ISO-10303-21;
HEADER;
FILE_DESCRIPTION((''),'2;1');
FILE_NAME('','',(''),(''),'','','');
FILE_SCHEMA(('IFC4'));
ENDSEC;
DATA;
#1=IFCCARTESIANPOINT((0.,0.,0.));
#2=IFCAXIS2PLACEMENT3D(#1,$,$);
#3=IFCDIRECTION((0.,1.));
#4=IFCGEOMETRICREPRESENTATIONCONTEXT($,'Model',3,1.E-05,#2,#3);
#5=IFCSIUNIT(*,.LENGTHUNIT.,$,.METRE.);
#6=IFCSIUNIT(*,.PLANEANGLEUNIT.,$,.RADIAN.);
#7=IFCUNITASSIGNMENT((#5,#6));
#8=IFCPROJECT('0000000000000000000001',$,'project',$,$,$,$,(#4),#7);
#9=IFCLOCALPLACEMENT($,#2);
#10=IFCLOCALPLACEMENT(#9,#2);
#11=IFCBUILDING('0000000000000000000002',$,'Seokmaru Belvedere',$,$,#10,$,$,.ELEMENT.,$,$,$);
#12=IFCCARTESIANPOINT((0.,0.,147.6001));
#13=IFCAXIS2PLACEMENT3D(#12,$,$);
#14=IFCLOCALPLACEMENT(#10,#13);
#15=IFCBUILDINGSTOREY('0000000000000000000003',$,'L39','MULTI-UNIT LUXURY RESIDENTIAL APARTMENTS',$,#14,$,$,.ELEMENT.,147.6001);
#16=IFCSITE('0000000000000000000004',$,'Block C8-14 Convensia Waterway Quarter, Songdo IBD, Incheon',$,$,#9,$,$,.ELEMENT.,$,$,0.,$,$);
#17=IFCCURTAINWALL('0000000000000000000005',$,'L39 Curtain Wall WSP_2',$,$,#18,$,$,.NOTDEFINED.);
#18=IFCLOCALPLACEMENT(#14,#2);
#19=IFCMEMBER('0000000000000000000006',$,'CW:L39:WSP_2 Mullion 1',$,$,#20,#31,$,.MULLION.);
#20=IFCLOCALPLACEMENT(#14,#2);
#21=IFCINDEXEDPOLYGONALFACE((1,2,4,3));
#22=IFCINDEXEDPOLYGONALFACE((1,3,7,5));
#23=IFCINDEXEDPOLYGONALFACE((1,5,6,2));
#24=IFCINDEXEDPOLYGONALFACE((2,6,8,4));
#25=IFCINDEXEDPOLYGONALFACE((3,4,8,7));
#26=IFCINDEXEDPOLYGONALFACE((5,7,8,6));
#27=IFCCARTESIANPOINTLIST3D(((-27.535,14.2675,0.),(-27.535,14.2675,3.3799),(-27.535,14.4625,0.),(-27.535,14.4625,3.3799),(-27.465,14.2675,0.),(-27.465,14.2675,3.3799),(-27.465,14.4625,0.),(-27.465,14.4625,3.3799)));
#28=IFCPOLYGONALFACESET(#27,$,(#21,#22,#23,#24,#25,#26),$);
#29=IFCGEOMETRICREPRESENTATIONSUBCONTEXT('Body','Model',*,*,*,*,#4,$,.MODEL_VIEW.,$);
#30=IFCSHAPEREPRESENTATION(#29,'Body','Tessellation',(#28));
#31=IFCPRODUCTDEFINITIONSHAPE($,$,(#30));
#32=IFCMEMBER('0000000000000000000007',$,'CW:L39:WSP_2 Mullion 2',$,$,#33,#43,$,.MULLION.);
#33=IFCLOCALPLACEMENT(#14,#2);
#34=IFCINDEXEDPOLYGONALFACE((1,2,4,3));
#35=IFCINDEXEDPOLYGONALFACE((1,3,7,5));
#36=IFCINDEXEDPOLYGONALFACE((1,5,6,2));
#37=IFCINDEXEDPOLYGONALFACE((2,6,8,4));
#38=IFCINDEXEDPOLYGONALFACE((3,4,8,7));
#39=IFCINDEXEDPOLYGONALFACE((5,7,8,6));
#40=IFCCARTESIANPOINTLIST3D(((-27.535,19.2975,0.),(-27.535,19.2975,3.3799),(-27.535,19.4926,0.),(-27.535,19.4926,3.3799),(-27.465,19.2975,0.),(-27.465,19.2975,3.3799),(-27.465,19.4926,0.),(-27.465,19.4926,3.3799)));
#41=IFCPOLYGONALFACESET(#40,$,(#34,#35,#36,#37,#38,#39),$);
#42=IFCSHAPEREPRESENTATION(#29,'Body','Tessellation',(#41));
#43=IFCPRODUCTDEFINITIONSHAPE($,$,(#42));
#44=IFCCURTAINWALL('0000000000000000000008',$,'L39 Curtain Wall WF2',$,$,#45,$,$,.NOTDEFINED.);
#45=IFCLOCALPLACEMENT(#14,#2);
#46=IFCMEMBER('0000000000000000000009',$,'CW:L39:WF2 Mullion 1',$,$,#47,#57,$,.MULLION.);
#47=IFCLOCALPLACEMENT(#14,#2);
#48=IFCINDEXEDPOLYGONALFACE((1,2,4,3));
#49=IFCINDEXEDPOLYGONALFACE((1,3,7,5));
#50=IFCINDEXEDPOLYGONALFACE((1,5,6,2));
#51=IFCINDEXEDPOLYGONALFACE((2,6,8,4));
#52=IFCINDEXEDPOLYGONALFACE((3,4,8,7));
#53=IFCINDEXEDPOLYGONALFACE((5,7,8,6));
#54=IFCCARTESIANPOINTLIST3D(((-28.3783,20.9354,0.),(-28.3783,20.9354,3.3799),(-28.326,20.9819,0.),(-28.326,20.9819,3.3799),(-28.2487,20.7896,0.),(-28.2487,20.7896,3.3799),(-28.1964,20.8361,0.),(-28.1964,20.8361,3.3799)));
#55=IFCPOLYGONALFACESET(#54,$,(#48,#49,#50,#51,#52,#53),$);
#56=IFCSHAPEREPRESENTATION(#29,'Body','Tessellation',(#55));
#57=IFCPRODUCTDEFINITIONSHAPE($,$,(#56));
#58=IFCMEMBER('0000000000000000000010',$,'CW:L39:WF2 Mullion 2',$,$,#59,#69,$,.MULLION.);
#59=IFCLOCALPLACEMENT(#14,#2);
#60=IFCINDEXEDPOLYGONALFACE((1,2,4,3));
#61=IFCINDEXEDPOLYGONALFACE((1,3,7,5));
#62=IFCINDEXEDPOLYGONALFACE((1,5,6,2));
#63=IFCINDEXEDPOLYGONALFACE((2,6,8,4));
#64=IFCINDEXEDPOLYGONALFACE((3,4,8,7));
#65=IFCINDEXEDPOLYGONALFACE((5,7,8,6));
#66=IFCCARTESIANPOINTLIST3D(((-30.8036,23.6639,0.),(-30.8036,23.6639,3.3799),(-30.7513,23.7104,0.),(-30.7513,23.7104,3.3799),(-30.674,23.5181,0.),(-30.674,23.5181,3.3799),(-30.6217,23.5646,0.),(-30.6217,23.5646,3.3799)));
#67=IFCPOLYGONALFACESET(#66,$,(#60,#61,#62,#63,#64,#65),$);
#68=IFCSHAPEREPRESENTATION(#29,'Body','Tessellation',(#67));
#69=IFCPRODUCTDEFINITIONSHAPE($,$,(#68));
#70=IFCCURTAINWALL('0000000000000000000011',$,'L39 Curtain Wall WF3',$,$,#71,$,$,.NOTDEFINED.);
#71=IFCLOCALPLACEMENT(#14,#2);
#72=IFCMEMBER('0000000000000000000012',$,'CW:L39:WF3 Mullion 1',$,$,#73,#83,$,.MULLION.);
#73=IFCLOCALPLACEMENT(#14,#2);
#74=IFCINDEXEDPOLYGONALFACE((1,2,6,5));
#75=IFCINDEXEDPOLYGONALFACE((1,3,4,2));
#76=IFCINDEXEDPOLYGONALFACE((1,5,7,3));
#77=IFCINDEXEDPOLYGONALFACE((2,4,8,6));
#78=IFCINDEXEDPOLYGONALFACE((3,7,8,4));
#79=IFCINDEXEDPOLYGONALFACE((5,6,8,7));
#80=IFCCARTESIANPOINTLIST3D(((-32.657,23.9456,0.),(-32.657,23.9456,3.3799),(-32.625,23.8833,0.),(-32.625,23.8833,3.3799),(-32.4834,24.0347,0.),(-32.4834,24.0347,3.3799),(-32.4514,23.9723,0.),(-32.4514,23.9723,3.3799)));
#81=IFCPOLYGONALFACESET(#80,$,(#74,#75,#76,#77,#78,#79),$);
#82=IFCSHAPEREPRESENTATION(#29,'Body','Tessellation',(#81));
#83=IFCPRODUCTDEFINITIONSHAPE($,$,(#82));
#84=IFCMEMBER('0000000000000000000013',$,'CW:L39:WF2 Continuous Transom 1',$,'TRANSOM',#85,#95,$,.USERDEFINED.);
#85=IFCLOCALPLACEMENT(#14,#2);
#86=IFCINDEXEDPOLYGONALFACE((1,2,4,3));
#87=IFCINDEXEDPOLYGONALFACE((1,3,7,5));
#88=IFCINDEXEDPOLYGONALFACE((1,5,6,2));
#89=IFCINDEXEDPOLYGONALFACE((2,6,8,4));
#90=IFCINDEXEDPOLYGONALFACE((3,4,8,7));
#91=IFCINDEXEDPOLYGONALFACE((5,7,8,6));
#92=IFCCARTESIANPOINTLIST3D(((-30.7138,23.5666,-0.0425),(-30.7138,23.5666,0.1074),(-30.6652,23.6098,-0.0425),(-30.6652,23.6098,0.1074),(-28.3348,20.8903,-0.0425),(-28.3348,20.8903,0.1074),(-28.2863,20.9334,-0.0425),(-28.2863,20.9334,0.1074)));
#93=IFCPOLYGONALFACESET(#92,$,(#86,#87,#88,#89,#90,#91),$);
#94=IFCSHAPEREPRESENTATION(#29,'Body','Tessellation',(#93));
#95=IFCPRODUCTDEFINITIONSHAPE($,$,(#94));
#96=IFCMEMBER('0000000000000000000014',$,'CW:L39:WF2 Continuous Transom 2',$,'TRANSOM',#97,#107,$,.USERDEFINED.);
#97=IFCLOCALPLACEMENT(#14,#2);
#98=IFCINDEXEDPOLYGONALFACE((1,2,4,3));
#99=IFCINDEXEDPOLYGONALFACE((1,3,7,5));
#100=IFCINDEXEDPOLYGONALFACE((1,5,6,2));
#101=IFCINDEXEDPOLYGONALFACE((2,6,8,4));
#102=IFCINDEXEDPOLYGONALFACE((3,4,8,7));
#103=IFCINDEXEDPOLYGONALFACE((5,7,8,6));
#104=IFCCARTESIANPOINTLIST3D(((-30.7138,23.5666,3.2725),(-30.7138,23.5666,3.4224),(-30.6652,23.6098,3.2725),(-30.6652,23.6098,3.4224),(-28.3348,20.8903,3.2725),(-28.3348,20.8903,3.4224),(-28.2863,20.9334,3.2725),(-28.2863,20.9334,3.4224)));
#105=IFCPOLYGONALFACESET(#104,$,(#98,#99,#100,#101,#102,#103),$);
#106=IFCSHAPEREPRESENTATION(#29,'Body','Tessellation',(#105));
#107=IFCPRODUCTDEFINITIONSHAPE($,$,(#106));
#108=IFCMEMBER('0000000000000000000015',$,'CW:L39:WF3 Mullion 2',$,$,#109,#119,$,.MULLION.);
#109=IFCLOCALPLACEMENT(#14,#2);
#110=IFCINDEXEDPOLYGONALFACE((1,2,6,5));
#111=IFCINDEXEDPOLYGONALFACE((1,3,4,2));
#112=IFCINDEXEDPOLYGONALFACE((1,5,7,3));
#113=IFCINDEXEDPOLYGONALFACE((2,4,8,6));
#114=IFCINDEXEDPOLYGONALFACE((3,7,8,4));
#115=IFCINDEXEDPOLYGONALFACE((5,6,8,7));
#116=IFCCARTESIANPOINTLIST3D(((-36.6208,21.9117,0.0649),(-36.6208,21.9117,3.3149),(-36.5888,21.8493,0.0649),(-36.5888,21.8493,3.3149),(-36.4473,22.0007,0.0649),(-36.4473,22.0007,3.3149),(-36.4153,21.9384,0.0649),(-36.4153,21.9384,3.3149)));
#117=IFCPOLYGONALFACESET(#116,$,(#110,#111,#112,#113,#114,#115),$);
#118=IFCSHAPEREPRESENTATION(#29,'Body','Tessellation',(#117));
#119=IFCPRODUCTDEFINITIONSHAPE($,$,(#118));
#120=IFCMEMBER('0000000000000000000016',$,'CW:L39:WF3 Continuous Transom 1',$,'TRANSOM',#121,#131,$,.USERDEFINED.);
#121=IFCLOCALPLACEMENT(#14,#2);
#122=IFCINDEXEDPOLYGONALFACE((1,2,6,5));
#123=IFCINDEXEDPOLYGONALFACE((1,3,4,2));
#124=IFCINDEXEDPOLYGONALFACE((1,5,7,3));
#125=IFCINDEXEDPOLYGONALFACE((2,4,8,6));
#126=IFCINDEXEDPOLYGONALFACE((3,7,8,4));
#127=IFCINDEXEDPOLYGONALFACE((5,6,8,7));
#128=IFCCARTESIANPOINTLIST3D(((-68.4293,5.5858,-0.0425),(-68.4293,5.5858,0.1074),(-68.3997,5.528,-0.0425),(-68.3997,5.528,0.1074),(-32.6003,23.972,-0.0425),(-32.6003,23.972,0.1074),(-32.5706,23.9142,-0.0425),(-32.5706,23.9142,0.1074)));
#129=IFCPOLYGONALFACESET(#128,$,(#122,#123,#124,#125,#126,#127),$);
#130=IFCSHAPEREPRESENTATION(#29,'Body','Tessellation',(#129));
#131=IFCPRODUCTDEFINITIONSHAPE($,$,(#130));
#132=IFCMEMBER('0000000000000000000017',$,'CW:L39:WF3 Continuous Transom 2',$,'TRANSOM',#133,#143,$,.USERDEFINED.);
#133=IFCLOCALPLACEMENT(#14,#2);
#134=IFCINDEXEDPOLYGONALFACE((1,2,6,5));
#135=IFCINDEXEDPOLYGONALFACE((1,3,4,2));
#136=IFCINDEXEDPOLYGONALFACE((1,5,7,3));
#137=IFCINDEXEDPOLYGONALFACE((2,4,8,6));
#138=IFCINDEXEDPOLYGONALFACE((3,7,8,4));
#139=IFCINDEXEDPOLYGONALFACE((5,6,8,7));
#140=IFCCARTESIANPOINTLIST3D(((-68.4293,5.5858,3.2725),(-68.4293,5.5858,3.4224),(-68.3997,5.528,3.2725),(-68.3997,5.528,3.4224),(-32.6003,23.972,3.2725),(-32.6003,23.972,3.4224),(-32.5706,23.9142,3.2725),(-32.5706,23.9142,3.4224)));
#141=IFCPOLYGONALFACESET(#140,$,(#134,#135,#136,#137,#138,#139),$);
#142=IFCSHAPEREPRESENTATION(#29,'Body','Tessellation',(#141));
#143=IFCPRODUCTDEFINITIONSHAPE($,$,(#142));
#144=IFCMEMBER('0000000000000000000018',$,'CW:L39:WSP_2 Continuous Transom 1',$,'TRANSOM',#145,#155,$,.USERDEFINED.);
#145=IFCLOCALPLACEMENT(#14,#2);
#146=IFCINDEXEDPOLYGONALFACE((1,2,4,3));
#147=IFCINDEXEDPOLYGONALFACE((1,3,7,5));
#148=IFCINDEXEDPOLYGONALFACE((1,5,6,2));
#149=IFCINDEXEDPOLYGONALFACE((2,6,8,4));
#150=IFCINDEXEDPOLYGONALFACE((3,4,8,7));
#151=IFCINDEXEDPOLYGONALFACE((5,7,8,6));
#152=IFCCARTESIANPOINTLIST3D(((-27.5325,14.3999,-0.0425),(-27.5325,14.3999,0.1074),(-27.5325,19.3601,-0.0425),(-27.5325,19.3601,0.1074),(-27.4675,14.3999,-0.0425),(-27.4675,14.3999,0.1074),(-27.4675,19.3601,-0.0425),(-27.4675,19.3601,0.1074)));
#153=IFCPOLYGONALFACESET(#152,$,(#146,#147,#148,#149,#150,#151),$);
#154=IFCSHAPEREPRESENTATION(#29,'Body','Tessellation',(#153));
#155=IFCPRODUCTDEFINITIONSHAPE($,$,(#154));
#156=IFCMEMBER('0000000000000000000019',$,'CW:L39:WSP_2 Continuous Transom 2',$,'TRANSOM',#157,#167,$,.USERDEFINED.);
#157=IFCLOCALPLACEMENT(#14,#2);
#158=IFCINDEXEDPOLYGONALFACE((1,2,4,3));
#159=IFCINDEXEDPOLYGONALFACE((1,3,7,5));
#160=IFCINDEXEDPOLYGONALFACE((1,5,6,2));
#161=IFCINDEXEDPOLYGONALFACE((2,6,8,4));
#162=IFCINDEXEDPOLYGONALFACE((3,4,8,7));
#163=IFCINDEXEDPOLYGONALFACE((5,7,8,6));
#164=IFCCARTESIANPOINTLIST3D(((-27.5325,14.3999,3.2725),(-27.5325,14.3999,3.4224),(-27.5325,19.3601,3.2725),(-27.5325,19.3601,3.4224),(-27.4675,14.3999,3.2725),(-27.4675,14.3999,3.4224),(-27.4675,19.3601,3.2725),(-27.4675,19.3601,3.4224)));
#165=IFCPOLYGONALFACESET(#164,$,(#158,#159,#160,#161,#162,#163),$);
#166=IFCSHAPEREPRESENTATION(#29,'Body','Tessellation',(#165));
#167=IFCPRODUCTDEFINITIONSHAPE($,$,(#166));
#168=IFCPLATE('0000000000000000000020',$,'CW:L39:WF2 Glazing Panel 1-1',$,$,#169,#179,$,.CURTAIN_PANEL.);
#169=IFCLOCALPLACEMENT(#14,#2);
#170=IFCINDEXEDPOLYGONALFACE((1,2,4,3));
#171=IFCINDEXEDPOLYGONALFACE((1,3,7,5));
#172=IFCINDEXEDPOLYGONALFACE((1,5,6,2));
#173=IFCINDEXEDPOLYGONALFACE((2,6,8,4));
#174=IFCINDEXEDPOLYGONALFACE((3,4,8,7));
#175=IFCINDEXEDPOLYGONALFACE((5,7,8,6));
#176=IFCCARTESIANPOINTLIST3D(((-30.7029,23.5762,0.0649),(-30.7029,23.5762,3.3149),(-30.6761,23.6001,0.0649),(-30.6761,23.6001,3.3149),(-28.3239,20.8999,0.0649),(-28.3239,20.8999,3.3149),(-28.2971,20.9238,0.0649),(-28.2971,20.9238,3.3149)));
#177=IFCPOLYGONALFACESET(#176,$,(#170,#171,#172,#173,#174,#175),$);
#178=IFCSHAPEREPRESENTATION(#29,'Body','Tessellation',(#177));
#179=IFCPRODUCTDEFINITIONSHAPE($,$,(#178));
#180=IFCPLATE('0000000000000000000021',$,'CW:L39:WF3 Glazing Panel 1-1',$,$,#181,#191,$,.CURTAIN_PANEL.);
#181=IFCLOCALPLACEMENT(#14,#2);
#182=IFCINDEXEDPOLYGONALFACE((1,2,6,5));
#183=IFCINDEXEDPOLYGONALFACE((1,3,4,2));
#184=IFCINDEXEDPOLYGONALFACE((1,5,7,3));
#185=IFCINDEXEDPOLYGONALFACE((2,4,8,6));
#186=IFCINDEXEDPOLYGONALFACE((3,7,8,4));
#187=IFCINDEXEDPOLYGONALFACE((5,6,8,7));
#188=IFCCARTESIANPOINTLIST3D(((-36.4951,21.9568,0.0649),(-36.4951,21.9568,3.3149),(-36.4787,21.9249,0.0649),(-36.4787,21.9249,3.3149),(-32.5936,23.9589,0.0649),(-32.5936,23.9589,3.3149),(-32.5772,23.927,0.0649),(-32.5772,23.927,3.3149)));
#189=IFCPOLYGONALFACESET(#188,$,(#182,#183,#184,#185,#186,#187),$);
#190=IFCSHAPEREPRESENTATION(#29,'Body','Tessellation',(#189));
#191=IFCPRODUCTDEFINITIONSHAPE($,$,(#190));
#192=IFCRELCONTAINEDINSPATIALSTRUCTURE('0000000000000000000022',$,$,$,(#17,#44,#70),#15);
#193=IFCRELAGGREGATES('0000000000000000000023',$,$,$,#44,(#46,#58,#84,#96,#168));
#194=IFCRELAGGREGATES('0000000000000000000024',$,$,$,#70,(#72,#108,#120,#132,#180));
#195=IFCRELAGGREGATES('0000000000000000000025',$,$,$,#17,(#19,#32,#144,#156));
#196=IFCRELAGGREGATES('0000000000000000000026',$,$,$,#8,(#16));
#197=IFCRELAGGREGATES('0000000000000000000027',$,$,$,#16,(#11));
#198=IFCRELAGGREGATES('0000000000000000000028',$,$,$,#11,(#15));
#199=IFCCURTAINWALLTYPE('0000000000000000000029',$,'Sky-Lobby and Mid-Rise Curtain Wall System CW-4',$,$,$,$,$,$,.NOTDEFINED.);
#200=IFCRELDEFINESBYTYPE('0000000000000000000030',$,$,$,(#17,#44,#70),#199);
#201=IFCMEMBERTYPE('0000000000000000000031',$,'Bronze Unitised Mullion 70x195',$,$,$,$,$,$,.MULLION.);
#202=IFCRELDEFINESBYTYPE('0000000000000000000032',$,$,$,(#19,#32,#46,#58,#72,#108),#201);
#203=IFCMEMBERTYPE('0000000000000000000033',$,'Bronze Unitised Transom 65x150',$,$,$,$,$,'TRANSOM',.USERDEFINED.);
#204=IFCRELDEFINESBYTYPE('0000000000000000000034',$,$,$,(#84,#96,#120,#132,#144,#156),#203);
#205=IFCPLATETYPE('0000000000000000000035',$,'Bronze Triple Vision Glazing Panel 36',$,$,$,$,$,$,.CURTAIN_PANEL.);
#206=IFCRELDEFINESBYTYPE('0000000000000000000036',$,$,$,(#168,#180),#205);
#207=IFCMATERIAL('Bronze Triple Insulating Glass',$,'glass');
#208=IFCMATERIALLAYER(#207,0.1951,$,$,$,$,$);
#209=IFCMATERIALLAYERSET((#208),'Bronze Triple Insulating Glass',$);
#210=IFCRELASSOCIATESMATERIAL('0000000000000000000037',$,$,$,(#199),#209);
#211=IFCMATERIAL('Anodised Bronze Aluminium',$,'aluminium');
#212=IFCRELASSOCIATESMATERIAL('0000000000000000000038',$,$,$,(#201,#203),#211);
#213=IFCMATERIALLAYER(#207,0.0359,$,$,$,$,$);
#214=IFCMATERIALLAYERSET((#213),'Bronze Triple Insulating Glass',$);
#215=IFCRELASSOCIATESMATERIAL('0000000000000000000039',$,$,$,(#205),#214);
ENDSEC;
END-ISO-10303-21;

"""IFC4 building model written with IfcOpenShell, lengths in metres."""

from ifc_helpers import new_model, si_unit, direction, frame, origin, origin_2d, place, context, subcontext, project, spatial, rectangle, extrude, source, transform, mapped, material, layer, layer_set, material_profile, profile_set, type_object, type_shapes, element, aggregate, save


model = new_model("IFC4")

# Units and contexts
model_context = context("Model", 3, precision=1e-05, world=origin(), true_north=direction((0.0, 1.0)))
body_context = subcontext(model_context, "Body", "Model", "MODEL_VIEW")
ifc_project = project(units=[si_unit("LENGTHUNIT", "METRE"), si_unit("PLANEANGLEUNIT", "RADIAN")], contexts=[model_context])

# Site, building, storey
site_placement = place(None, origin())
site = spatial("IfcSite", under=ifc_project, at=site_placement, Name="Block C8-14 Convensia Waterway Quarter, Songdo IBD, Incheon", CompositionType="ELEMENT", RefElevation=0.0)
building_placement = place(site_placement, origin())
building = spatial("IfcBuilding", under=site, at=building_placement, Name="Seokmaru Belvedere", CompositionType="ELEMENT")
storey_placement = place(building_placement, frame((0.0, 0.0, 147.6001)))
storey = spatial("IfcBuildingStorey", under=building, at=storey_placement, Name="L39", Description="MULTI-UNIT LUXURY RESIDENTIAL APARTMENTS", CompositionType="ELEMENT", Elevation=147.6001)

# Curtain walls, members
ifc_material_1 = material(Name="Bronze Triple Insulating Glass", Category="glass")
ifc_layer_1 = layer(ifc_material_1, 0.1951)
ifc_layer_set_1 = layer_set([ifc_layer_1], Name="Bronze Triple Insulating Glass")
curtain_wall_type = type_object("IfcCurtainWallType", Name="Sky-Lobby and Mid-Rise Curtain Wall System CW-4", PredefinedType="NOTDEFINED", material=ifc_layer_set_1)
curtain_wall_1_placement = place(storey_placement, origin())
curtain_wall_1 = element("IfcCurtainWall", 1, at=curtain_wall_1_placement, inside=storey, type_object=curtain_wall_type, Name="L39 Curtain Wall WSP_2", PredefinedType="NOTDEFINED")
ifc_material_2 = material(Name="Anodised Bronze Aluminium", Category="aluminium")
ifc_material_profile_1 = material_profile(ifc_material_2, rectangle(XDim=0.0701, YDim=0.1951, at=origin_2d()), Name="CW-M-70x195")
ifc_profile_set_1 = profile_set([ifc_material_profile_1], Name="Anodised Bronze Aluminium")
member_type_1 = type_object("IfcMemberType", Name="Bronze Unitised Mullion 70x195", PredefinedType="MULLION", material=ifc_profile_set_1)
shared_shape_1 = source(origin(), body_context, "Body", "SweptSolid", [
    extrude(rectangle(XDim=0.0701, YDim=0.1951, at=origin_2d()), origin(), (0.0, 0.0, 1.0), 3.3799),
])
member_1_placement = place(storey_placement, frame((-27.5, 14.365, 0.0), z_axis=(0.0, 0.0, 1.0), x_axis=(-1.0, 0.0, 0.0)))
member_1 = element("IfcMember", 2, at=member_1_placement, type_object=member_type_1, Name="CW:L39:WSP_2 Mullion 1", PredefinedType="MULLION", context=body_context, shape_type="MappedRepresentation", body=[
    mapped(shared_shape_1, transform((0.0, 0.0, 0.0), scale=1.0)),
])
member_2_placement = place(storey_placement, frame((-27.5, 19.395, 0.0), z_axis=(0.0, 0.0, 1.0), x_axis=(-1.0, 0.0, 0.0)))
member_2 = element("IfcMember", 3, at=member_2_placement, type_object=member_type_1, Name="CW:L39:WSP_2 Mullion 2", PredefinedType="MULLION", context=body_context, shape_type="MappedRepresentation", body=[
    mapped(shared_shape_1, transform((0.0, 0.0, 0.0), scale=1.0)),
])
curtain_wall_2_placement = place(storey_placement, origin())
curtain_wall_2 = element("IfcCurtainWall", 4, at=curtain_wall_2_placement, inside=storey, type_object=curtain_wall_type, Name="L39 Curtain Wall WF2", PredefinedType="NOTDEFINED")
member_3_placement = place(storey_placement, frame((-28.2874, 20.8857, 0.0), z_axis=(0.0, 0.0, 1.0), x_axis=(-0.74741, -0.664363, 0.0)))
member_3 = element("IfcMember", 5, at=member_3_placement, type_object=member_type_1, Name="CW:L39:WF2 Mullion 1", PredefinedType="MULLION", context=body_context, shape_type="MappedRepresentation", body=[
    mapped(shared_shape_1, transform((0.0, 0.0, 0.0), scale=1.0)),
])
member_4_placement = place(storey_placement, frame((-30.7126, 23.6143, 0.0), z_axis=(0.0, 0.0, 1.0), x_axis=(-0.74741, -0.664363, 0.0)))
member_4 = element("IfcMember", 6, at=member_4_placement, type_object=member_type_1, Name="CW:L39:WF2 Mullion 2", PredefinedType="MULLION", context=body_context, shape_type="MappedRepresentation", body=[
    mapped(shared_shape_1, transform((0.0, 0.0, 0.0), scale=1.0)),
])

# Curtain wall, member
curtain_wall_3_placement = place(storey_placement, origin())
curtain_wall_3 = element("IfcCurtainWall", 7, at=curtain_wall_3_placement, inside=storey, type_object=curtain_wall_type, Name="L39 Curtain Wall WF3", PredefinedType="NOTDEFINED")
member_5_placement = place(storey_placement, frame((-32.5542, 23.959, 0.0), z_axis=(0.0, 0.0, 1.0), x_axis=(0.456555, -0.889695, 0.0)))
member_5 = element("IfcMember", 8, at=member_5_placement, type_object=member_type_1, Name="CW:L39:WF3 Mullion 1", PredefinedType="MULLION", context=body_context, shape_type="MappedRepresentation", body=[
    mapped(shared_shape_1, transform((0.0, 0.0, 0.0), scale=1.0)),
])

# Members
ifc_material_profile_2 = material_profile(ifc_material_2, rectangle(XDim=0.0649, YDim=0.1499, at=origin_2d()), Name="CW-T-65x150")
ifc_profile_set_2 = profile_set([ifc_material_profile_2], Name="Anodised Bronze Aluminium")
member_type_2 = type_object("IfcMemberType", Name="Bronze Unitised Transom 65x150", ElementType="TRANSOM", PredefinedType="USERDEFINED", material=ifc_profile_set_2)
shared_shape_2 = source(origin(), body_context, "Body", "SweptSolid", [
    extrude(rectangle(XDim=0.0649, YDim=0.1499, at=origin_2d()), origin(), (0.0, 0.0, 1.0), 3.5808),
])
member_6_placement = place(storey_placement, frame((-28.3105, 20.9119, 0.0325), z_axis=(-0.664364, 0.747409, 0.0), x_axis=(-0.747409, -0.664364, 0.0)))
member_6 = element("IfcMember", 9, at=member_6_placement, type_object=member_type_2, Name="CW:L39:WF2 Continuous Transom 1", ObjectType="TRANSOM", PredefinedType="USERDEFINED", context=body_context, shape_type="MappedRepresentation", body=[
    mapped(shared_shape_2, transform((0.0, 0.0, 0.0), scale=1.0)),
])
member_7_placement = place(storey_placement, frame((-28.3105, 20.9119, 3.3474), z_axis=(-0.664364, 0.747409, 0.0), x_axis=(-0.747409, -0.664364, 0.0)))
member_7 = element("IfcMember", 10, at=member_7_placement, type_object=member_type_2, Name="CW:L39:WF2 Continuous Transom 2", ObjectType="TRANSOM", PredefinedType="USERDEFINED", context=body_context, shape_type="MappedRepresentation", body=[
    mapped(shared_shape_2, transform((0.0, 0.0, 0.0), scale=1.0)),
])
shared_shape_3 = source(origin(), body_context, "Body", "SweptSolid", [
    extrude(rectangle(XDim=0.0701, YDim=0.1951, at=origin_2d()), origin(), (0.0, 0.0, 1.0), 3.25),
])
type_shapes(member_type_1, [shared_shape_1, shared_shape_3])
member_8_placement = place(storey_placement, frame((-36.5181, 21.925, 0.0649), z_axis=(0.0, 0.0, 1.0), x_axis=(0.456555, -0.889695, 0.0)))
member_8 = element("IfcMember", 11, at=member_8_placement, type_object=member_type_1, Name="CW:L39:WF3 Mullion 2", PredefinedType="MULLION", context=body_context, shape_type="MappedRepresentation", body=[
    mapped(shared_shape_3, transform((0.0, 0.0, 0.0), scale=1.0)),
])
shared_shape_4 = source(origin(), body_context, "Body", "SweptSolid", [
    extrude(rectangle(XDim=0.0649, YDim=0.1499, at=origin_2d()), origin(), (0.0, 0.0, 1.0), 40.2712),
])
member_9_placement = place(storey_placement, frame((-32.5854, 23.9431, 0.0325), z_axis=(-0.889693, -0.456559, 0.0), x_axis=(0.456559, -0.889693, 0.0)))
member_9 = element("IfcMember", 12, at=member_9_placement, type_object=member_type_2, Name="CW:L39:WF3 Continuous Transom 1", ObjectType="TRANSOM", PredefinedType="USERDEFINED", context=body_context, shape_type="MappedRepresentation", body=[
    mapped(shared_shape_4, transform((0.0, 0.0, 0.0), scale=1.0)),
])
member_10_placement = place(storey_placement, frame((-32.5854, 23.9431, 3.3474), z_axis=(-0.889693, -0.456559, 0.0), x_axis=(0.456559, -0.889693, 0.0)))
member_10 = element("IfcMember", 13, at=member_10_placement, type_object=member_type_2, Name="CW:L39:WF3 Continuous Transom 2", ObjectType="TRANSOM", PredefinedType="USERDEFINED", context=body_context, shape_type="MappedRepresentation", body=[
    mapped(shared_shape_4, transform((0.0, 0.0, 0.0), scale=1.0)),
])
shared_shape_5 = source(origin(), body_context, "Body", "SweptSolid", [
    extrude(rectangle(XDim=0.0649, YDim=0.1499, at=origin_2d()), origin(), (0.0, 0.0, 1.0), 4.9602),
])
type_shapes(member_type_2, [shared_shape_2, shared_shape_4, shared_shape_5])
member_11_placement = place(storey_placement, frame((-27.5, 14.3999, 0.0325), z_axis=(0.0, 1.0, 0.0), x_axis=(-1.0, 0.0, 0.0)))
member_11 = element("IfcMember", 14, at=member_11_placement, type_object=member_type_2, Name="CW:L39:WSP_2 Continuous Transom 1", ObjectType="TRANSOM", PredefinedType="USERDEFINED", context=body_context, shape_type="MappedRepresentation", body=[
    mapped(shared_shape_5, transform((0.0, 0.0, 0.0), scale=1.0)),
])
member_12_placement = place(storey_placement, frame((-27.5, 14.3999, 3.3474), z_axis=(0.0, 1.0, 0.0), x_axis=(-1.0, 0.0, 0.0)))
member_12 = element("IfcMember", 15, at=member_12_placement, type_object=member_type_2, Name="CW:L39:WSP_2 Continuous Transom 2", ObjectType="TRANSOM", PredefinedType="USERDEFINED", context=body_context, shape_type="MappedRepresentation", body=[
    mapped(shared_shape_5, transform((0.0, 0.0, 0.0), scale=1.0)),
])

# Plates
ifc_layer_2 = layer(ifc_material_1, 0.0359)
ifc_layer_set_2 = layer_set([ifc_layer_2], Name="Bronze Triple Insulating Glass")
plate_type = type_object("IfcPlateType", Name="Bronze Triple Vision Glazing Panel 36", PredefinedType="CURTAIN_PANEL", material=ifc_layer_set_2)
shared_shape_6 = source(origin(), body_context, "Body", "SweptSolid", [
    extrude(rectangle(XDim=3.5808, YDim=0.0359, at=origin_2d()), origin(), (0.0, 0.0, 1.0), 3.25),
])
plate_1_placement = place(storey_placement, frame((-29.5, 22.25, 0.0649), z_axis=(0.0, 0.0, 1.0), x_axis=(-0.664363, 0.74741, 0.0)))
plate_1 = element("IfcPlate", 16, at=plate_1_placement, type_object=plate_type, Name="CW:L39:WF2 Glazing Panel 1-1", PredefinedType="CURTAIN_PANEL", context=body_context, shape_type="MappedRepresentation", body=[
    mapped(shared_shape_6, transform((0.0, 0.0, 0.0), scale=1.0)),
])
aggregate(curtain_wall_2, [member_3, member_4, member_6, member_7, plate_1])
shared_shape_7 = source(origin(), body_context, "Body", "SweptSolid", [
    extrude(rectangle(XDim=4.3853, YDim=0.0359, at=origin_2d()), origin(), (0.0, 0.0, 1.0), 3.25),
])
plate_2_placement = place(storey_placement, frame((-34.5361, 22.9419, 0.0649), z_axis=(0.0, 0.0, 1.0), x_axis=(-0.889695, -0.456555, 0.0)))
plate_2 = element("IfcPlate", 17, at=plate_2_placement, type_object=plate_type, Name="CW:L39:WF3 Glazing Panel 1-1", PredefinedType="CURTAIN_PANEL", context=body_context, shape_type="MappedRepresentation", body=[
    mapped(shared_shape_7, transform((0.0, 0.0, 0.0), scale=1.0)),
])
aggregate(curtain_wall_3, [member_5, member_8, member_9, member_10, plate_2])
aggregate(curtain_wall_1, [member_1, member_2, member_11, member_12])

save(model, "model.ifc")
